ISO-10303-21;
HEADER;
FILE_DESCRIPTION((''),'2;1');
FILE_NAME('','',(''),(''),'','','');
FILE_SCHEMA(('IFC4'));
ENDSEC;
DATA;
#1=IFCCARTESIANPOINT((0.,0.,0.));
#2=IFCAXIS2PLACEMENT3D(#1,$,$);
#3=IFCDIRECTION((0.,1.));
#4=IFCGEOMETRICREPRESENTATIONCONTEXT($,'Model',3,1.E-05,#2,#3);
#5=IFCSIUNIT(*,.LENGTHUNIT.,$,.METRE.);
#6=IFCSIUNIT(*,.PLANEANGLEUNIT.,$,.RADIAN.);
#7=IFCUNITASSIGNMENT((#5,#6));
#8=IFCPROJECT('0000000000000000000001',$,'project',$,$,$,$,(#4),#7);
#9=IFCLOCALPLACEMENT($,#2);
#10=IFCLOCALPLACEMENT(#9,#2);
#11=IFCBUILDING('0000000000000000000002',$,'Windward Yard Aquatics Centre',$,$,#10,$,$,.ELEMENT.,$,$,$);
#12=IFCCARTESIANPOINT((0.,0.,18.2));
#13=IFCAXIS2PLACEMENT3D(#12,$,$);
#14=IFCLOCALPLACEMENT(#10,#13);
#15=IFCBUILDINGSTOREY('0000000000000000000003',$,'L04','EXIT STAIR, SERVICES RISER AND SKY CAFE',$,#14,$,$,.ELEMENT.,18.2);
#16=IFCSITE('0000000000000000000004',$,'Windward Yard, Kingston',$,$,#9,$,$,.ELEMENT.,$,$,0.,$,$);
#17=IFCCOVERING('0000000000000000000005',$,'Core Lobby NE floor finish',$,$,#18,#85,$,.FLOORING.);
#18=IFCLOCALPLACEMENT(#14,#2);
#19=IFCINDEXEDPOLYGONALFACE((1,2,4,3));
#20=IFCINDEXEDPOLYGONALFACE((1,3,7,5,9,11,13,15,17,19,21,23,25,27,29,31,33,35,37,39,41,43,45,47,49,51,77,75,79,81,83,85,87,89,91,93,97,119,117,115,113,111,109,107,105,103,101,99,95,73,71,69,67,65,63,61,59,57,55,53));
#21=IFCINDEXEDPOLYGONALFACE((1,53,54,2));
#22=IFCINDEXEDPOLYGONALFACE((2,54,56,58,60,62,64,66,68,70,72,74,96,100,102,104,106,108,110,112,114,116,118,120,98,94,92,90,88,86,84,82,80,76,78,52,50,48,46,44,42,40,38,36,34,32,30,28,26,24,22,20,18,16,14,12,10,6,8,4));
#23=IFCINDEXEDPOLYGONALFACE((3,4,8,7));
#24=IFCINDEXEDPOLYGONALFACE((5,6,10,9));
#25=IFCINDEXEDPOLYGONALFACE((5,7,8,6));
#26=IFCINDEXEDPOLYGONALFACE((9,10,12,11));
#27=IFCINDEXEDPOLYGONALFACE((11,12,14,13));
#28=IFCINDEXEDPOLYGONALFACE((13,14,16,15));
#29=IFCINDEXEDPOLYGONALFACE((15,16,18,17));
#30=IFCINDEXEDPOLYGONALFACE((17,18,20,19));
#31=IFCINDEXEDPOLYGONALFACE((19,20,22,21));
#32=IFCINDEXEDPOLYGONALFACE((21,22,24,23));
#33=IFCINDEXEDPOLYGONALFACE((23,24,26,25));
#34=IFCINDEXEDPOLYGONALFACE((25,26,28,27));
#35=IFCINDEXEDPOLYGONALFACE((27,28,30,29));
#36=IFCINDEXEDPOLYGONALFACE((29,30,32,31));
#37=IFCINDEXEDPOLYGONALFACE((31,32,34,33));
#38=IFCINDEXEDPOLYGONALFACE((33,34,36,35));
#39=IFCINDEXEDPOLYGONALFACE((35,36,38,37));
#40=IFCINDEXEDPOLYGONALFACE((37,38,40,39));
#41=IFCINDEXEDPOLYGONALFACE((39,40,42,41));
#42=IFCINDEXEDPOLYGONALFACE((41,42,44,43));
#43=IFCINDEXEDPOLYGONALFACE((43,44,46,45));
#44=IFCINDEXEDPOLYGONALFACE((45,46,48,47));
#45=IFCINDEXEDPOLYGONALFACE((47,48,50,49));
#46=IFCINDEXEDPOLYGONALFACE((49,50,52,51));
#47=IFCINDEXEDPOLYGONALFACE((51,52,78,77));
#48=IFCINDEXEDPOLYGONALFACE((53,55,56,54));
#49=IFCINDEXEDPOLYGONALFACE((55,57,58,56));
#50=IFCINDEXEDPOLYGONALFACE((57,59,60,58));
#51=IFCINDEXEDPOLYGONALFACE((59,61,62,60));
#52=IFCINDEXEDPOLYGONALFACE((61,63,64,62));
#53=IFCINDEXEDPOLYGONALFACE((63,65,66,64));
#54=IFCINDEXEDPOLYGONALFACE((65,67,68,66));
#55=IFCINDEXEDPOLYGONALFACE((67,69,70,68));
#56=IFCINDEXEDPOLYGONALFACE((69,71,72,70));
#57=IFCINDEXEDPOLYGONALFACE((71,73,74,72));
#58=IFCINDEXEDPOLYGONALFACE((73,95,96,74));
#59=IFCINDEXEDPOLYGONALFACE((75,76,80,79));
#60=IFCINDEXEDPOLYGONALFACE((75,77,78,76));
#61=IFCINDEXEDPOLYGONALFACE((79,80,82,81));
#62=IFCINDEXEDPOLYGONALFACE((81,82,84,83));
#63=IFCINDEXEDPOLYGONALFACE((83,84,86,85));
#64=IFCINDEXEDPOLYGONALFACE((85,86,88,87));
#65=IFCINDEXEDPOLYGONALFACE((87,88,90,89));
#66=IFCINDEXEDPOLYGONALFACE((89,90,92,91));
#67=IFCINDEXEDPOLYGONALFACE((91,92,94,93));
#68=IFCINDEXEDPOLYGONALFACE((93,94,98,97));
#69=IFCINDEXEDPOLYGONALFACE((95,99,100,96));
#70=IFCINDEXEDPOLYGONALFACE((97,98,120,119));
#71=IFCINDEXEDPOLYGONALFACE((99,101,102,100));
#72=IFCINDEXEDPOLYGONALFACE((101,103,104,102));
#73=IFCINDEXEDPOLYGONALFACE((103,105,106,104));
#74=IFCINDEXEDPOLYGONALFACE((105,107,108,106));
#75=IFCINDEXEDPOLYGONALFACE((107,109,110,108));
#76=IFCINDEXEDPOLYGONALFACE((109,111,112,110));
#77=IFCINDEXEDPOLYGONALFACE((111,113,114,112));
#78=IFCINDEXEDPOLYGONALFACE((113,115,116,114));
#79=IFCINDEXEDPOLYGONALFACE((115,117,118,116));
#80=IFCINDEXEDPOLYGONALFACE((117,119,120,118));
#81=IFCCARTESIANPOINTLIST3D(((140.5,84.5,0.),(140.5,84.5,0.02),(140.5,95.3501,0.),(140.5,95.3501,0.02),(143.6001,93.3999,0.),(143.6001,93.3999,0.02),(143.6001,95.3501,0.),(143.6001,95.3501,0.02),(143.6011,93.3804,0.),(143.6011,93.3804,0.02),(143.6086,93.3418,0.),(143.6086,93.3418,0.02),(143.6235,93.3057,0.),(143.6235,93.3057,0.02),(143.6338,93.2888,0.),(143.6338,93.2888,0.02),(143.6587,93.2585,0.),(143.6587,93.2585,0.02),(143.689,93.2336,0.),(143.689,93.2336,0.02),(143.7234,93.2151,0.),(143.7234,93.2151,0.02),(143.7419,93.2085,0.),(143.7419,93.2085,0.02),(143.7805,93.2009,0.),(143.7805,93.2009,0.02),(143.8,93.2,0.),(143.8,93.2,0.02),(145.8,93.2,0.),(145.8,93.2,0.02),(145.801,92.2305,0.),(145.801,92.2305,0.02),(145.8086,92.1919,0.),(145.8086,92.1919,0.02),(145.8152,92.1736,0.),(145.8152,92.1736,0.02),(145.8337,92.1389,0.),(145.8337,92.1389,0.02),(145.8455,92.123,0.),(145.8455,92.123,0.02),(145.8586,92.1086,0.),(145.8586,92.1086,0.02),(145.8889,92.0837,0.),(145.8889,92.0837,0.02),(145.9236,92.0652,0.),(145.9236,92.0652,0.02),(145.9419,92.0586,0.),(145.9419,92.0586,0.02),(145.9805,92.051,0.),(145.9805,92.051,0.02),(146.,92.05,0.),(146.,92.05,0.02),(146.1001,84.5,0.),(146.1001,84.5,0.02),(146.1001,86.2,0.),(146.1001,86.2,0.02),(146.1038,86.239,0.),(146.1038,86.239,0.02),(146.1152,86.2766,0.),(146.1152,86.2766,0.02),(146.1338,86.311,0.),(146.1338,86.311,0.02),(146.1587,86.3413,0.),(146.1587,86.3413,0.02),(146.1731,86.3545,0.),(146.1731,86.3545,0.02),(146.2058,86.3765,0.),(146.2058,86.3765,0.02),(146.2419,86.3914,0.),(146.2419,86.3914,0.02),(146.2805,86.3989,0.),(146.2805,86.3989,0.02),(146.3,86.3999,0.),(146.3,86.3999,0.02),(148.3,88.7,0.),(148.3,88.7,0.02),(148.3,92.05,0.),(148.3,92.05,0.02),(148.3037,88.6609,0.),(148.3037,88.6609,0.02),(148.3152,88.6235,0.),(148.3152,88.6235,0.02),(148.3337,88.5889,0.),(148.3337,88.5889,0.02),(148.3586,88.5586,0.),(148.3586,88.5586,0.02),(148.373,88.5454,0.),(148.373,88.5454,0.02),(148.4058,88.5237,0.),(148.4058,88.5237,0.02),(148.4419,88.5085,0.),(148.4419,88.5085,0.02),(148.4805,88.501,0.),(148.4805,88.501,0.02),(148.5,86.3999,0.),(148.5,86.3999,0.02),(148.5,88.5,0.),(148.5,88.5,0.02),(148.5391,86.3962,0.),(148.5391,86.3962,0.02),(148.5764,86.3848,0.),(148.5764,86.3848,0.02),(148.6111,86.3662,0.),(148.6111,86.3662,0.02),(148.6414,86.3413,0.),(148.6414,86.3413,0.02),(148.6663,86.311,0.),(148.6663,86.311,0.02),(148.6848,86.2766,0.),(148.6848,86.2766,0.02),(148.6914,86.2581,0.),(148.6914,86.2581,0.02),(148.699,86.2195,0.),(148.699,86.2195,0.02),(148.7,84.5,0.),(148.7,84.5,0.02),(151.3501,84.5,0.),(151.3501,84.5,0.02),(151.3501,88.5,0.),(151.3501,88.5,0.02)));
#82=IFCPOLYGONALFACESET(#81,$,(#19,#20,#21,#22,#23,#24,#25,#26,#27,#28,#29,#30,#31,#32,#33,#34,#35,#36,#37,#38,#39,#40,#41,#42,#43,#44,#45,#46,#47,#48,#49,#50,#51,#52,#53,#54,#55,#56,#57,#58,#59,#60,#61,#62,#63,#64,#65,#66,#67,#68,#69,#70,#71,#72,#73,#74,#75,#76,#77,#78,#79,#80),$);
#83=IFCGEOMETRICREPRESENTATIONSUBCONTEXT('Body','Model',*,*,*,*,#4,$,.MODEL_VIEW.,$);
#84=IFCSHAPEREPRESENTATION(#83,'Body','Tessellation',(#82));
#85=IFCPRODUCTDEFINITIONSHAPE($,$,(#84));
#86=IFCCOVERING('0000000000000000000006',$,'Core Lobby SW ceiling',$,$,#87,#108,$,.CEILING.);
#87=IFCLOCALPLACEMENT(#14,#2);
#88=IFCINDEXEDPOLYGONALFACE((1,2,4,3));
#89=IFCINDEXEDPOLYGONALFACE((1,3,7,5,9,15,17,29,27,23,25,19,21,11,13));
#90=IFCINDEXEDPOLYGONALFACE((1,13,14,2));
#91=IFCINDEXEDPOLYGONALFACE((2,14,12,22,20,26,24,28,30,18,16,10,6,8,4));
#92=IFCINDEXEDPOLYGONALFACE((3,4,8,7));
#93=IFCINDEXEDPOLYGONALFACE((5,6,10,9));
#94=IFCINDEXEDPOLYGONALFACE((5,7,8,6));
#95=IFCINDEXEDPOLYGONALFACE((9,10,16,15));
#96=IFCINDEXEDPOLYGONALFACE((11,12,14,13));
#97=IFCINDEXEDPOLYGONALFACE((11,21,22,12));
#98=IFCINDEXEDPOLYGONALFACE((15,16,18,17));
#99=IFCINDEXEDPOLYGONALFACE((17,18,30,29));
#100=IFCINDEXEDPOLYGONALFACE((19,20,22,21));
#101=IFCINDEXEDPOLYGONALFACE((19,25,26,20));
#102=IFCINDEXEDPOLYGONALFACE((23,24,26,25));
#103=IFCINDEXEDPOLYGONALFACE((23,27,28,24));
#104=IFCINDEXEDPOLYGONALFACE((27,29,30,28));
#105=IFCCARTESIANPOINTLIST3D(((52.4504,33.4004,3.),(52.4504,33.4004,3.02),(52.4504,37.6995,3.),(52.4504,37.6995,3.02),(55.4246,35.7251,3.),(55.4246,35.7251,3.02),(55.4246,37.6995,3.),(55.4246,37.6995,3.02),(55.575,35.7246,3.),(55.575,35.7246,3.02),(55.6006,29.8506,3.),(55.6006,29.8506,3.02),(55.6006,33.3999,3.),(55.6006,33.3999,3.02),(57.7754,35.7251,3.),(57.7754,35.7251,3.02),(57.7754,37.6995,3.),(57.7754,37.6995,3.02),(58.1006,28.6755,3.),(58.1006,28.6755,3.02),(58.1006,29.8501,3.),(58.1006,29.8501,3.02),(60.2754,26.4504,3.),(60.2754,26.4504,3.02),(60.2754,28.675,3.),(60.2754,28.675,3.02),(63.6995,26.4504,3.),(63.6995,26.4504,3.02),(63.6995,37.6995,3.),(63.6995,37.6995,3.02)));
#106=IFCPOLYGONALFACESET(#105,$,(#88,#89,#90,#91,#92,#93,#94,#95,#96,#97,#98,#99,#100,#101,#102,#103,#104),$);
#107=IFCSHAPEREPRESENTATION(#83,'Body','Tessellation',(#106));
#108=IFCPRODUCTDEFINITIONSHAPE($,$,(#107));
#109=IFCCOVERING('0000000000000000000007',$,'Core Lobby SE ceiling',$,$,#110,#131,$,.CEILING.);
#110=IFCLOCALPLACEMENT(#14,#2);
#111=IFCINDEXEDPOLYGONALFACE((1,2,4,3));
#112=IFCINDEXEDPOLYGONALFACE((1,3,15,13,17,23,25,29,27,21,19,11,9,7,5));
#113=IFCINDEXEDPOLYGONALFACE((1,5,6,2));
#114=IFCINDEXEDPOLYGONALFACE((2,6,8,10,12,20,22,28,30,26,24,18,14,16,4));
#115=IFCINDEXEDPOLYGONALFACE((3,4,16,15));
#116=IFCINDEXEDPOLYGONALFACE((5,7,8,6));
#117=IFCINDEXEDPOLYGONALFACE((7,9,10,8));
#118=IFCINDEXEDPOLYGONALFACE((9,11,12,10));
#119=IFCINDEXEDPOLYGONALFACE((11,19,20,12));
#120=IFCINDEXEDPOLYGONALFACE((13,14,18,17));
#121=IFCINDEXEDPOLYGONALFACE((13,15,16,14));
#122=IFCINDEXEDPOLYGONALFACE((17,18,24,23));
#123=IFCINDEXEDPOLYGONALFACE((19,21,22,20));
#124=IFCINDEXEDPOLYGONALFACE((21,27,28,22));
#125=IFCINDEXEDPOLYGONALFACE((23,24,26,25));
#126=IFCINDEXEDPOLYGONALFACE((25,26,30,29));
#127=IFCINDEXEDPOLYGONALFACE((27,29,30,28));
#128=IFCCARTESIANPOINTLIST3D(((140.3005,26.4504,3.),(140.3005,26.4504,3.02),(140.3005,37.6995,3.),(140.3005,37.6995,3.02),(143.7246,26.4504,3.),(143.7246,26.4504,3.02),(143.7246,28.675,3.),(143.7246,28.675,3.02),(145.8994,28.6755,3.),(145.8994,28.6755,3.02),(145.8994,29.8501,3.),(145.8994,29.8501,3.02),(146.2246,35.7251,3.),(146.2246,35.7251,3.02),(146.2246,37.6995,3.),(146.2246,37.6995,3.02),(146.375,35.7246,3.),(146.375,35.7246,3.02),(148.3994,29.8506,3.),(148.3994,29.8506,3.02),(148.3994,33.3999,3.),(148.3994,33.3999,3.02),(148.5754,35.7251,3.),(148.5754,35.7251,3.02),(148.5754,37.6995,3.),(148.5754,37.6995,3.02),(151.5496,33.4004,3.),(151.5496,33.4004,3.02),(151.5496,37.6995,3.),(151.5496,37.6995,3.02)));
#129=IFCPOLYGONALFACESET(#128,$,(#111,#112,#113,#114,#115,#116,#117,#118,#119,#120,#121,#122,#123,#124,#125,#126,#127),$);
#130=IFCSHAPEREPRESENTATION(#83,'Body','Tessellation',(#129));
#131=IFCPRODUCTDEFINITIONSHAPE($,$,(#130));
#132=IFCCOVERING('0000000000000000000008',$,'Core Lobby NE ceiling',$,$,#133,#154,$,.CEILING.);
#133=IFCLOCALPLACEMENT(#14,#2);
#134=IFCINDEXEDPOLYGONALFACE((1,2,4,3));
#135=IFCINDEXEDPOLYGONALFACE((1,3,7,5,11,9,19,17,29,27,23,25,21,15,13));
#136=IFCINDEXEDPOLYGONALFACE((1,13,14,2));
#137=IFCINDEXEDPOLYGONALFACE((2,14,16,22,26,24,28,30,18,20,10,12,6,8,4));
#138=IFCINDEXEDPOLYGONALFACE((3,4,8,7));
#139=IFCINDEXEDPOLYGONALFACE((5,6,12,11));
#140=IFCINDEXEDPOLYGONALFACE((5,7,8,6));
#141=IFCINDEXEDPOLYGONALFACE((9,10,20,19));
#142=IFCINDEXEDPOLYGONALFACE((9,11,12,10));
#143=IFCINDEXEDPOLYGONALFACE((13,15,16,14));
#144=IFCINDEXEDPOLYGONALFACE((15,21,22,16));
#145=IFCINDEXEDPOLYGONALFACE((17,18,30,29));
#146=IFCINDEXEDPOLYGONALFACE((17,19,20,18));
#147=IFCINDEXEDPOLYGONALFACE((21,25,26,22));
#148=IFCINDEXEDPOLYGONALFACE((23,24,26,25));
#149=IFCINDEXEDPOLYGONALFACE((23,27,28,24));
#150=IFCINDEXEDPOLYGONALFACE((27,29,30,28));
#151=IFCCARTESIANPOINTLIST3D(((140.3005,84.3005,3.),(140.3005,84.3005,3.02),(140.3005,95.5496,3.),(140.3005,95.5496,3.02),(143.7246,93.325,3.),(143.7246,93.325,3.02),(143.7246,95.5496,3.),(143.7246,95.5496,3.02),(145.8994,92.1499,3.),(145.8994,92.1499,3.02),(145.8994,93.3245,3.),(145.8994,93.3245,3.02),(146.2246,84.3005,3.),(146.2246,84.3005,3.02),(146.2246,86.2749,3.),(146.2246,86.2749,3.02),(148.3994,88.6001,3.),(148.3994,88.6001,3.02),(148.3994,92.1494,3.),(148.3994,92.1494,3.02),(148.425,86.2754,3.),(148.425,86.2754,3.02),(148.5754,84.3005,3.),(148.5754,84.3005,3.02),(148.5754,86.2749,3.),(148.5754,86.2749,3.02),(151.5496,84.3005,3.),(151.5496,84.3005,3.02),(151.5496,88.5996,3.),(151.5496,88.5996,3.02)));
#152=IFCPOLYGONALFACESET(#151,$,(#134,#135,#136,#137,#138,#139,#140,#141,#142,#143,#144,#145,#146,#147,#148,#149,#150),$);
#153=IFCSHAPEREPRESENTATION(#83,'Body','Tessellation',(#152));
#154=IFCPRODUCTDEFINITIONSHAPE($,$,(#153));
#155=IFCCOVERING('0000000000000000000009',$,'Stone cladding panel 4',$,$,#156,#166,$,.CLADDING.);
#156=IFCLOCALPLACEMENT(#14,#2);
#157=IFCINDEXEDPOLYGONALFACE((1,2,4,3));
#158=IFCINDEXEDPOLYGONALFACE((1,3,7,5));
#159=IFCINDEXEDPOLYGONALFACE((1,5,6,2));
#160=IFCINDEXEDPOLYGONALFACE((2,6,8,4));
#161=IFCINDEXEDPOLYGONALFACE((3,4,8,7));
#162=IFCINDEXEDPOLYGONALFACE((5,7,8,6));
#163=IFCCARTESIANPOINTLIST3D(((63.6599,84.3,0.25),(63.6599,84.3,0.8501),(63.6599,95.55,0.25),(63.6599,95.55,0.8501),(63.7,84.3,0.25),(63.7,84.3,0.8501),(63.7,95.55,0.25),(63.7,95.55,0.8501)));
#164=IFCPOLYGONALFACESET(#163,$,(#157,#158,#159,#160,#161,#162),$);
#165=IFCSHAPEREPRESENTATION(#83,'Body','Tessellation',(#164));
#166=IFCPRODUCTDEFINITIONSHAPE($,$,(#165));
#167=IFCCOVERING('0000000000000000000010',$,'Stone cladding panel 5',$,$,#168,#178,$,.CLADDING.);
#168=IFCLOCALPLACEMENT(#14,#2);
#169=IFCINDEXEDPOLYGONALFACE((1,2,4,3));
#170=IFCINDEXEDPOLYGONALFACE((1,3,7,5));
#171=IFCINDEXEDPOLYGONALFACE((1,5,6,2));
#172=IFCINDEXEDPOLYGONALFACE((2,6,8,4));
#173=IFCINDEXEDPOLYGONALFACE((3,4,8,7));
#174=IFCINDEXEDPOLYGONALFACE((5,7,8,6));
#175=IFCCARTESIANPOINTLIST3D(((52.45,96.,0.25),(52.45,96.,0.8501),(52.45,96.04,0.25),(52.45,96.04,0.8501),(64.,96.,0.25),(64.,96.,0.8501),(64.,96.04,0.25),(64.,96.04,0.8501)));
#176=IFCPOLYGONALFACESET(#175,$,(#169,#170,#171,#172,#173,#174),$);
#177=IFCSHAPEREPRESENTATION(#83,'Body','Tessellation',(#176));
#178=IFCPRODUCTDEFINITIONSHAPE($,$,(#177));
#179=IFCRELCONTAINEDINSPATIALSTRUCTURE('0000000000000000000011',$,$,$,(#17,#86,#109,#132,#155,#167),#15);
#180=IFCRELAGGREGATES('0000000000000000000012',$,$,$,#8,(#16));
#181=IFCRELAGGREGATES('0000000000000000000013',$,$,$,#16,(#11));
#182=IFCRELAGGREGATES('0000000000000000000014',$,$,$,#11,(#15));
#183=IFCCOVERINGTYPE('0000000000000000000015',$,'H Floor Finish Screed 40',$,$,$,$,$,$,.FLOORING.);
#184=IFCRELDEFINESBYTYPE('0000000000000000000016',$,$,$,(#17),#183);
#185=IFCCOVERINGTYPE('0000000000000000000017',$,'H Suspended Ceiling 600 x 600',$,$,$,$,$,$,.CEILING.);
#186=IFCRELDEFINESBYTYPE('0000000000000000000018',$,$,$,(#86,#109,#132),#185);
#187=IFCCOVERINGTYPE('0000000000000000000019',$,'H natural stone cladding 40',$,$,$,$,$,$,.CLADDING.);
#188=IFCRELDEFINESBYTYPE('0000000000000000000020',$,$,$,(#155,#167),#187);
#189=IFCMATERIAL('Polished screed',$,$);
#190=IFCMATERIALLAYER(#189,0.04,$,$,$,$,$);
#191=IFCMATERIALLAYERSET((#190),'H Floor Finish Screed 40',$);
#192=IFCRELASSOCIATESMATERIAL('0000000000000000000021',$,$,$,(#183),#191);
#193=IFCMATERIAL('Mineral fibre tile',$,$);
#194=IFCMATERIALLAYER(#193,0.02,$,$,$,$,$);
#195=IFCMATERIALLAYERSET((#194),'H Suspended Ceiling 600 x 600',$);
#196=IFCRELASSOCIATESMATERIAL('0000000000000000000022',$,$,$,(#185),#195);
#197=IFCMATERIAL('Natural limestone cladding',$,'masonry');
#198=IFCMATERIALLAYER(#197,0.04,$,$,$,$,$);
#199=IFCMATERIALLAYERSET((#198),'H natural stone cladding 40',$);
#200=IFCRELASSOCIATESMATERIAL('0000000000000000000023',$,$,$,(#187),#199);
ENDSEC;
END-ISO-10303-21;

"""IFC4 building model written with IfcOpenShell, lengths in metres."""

from ifc_helpers import new_model, si_unit, direction, frame, origin, place, context, subcontext, project, spatial, polyline, outline, extrude, material, layer, layer_set, type_object, element, save


model = new_model("IFC4")

# Units and contexts
model_context = context("Model", 3, precision=1e-05, world=origin(), true_north=direction((0.0, 1.0)))
body_context = subcontext(model_context, "Body", "Model", "MODEL_VIEW")
ifc_project = project(units=[si_unit("LENGTHUNIT", "METRE"), si_unit("PLANEANGLEUNIT", "RADIAN")], contexts=[model_context])

# Site, building, storey
site_placement = place(None, origin())
site = spatial("IfcSite", under=ifc_project, at=site_placement, Name="Windward Yard, Kingston", CompositionType="ELEMENT", RefElevation=0.0)
building_placement = place(site_placement, origin())
building = spatial("IfcBuilding", under=site, at=building_placement, Name="Windward Yard Aquatics Centre", CompositionType="ELEMENT")
storey_placement = place(building_placement, frame((0.0, 0.0, 18.2)))
storey = spatial("IfcBuildingStorey", under=building, at=storey_placement, Name="L04", Description="EXIT STAIR, SERVICES RISER AND SKY CAFE", CompositionType="ELEMENT", Elevation=18.2)

# Coverings
ifc_material_1 = material(Name="Polished screed")
ifc_layer_1 = layer(ifc_material_1, 0.04)
ifc_layer_set_1 = layer_set([ifc_layer_1], Name="H Floor Finish Screed 40")
covering_type_1 = type_object("IfcCoveringType", Name="H Floor Finish Screed 40", PredefinedType="FLOORING", material=ifc_layer_set_1)
covering_1_placement = place(storey_placement, origin())
element("IfcCovering", 1, at=covering_1_placement, inside=storey, type_object=covering_type_1, Name="Core Lobby NE floor finish", PredefinedType="FLOORING", context=body_context, shape_type="SweptSolid", body=[
    extrude(outline(polyline([(140.5, 84.5), (140.5, 95.3501), (143.6001, 95.3501), (143.6001, 93.3999), (143.6011, 93.3804), (143.6086, 93.3418), (143.6235, 93.3057), (143.6338, 93.2888), (143.6587, 93.2585), (143.689, 93.2336), (143.7234, 93.2151), (143.7419, 93.2085), (143.7805, 93.2009), (143.8, 93.2), (145.8, 93.2), (145.801, 92.2305), (145.8086, 92.1919), (145.8152, 92.1736), (145.8337, 92.1389), (145.8455, 92.123), (145.8586, 92.1086), (145.8889, 92.0837), (145.9236, 92.0652), (145.9419, 92.0586), (145.9805, 92.051), (146.0, 92.05), (148.3, 92.05), (148.3, 88.7), (148.3037, 88.6609), (148.3152, 88.6235), (148.3337, 88.5889), (148.3586, 88.5586), (148.373, 88.5454), (148.4058, 88.5237), (148.4419, 88.5085), (148.4805, 88.501), (148.5, 88.5), (151.3501, 88.5), (151.3501, 84.5), (148.7, 84.5), (148.699, 86.2195), (148.6914, 86.2581), (148.6848, 86.2766), (148.6663, 86.311), (148.6414, 86.3413), (148.6111, 86.3662), (148.5764, 86.3848), (148.5391, 86.3962), (148.5, 86.3999), (146.3, 86.3999), (146.2805, 86.3989), (146.2419, 86.3914), (146.2058, 86.3765), (146.1731, 86.3545), (146.1587, 86.3413), (146.1338, 86.311), (146.1152, 86.2766), (146.1038, 86.239), (146.1001, 86.2), (146.1001, 84.5), (140.5, 84.5)])), origin(), (0.0, 0.0, 1.0), 0.02),
])
ifc_material_2 = material(Name="Mineral fibre tile")
ifc_layer_2 = layer(ifc_material_2, 0.02)
ifc_layer_set_2 = layer_set([ifc_layer_2], Name="H Suspended Ceiling 600 x 600")
covering_type_2 = type_object("IfcCoveringType", Name="H Suspended Ceiling 600 x 600", PredefinedType="CEILING", material=ifc_layer_set_2)
covering_2_placement = place(storey_placement, frame((0.0, 0.0, 3.0)))
element("IfcCovering", 2, at=covering_2_placement, inside=storey, type_object=covering_type_2, Name="Core Lobby SW ceiling", PredefinedType="CEILING", context=body_context, shape_type="SweptSolid", body=[
    extrude(outline(polyline([(52.4504, 33.4004), (52.4504, 37.6995), (55.4246, 37.6995), (55.4246, 35.7251), (55.575, 35.7246), (57.7754, 35.7251), (57.7754, 37.6995), (63.6995, 37.6995), (63.6995, 26.4504), (60.2754, 26.4504), (60.2754, 28.675), (58.1006, 28.6755), (58.1006, 29.8501), (55.6006, 29.8506), (55.6006, 33.3999), (52.4504, 33.4004)])), origin(), (0.0, 0.0, 1.0), 0.02),
])
covering_3_placement = place(storey_placement, frame((0.0, 0.0, 3.0)))
element("IfcCovering", 3, at=covering_3_placement, inside=storey, type_object=covering_type_2, Name="Core Lobby SE ceiling", PredefinedType="CEILING", context=body_context, shape_type="SweptSolid", body=[
    extrude(outline(polyline([(140.3005, 26.4504), (140.3005, 37.6995), (146.2246, 37.6995), (146.2246, 35.7251), (146.375, 35.7246), (148.5754, 35.7251), (148.5754, 37.6995), (151.5496, 37.6995), (151.5496, 33.4004), (148.3994, 33.3999), (148.3994, 29.8506), (145.8994, 29.8501), (145.8994, 28.6755), (143.7246, 28.675), (143.7246, 26.4504), (140.3005, 26.4504)])), origin(), (0.0, 0.0, 1.0), 0.02),
])
covering_4_placement = place(storey_placement, frame((0.0, 0.0, 3.0)))
element("IfcCovering", 4, at=covering_4_placement, inside=storey, type_object=covering_type_2, Name="Core Lobby NE ceiling", PredefinedType="CEILING", context=body_context, shape_type="SweptSolid", body=[
    extrude(outline(polyline([(140.3005, 84.3005), (140.3005, 95.5496), (143.7246, 95.5496), (143.7246, 93.325), (145.8994, 93.3245), (145.8994, 92.1499), (148.3994, 92.1494), (148.3994, 88.6001), (151.5496, 88.5996), (151.5496, 84.3005), (148.5754, 84.3005), (148.5754, 86.2749), (148.425, 86.2754), (146.2246, 86.2749), (146.2246, 84.3005), (140.3005, 84.3005)])), origin(), (0.0, 0.0, 1.0), 0.02),
])
ifc_material_3 = material(Name="Natural limestone cladding", Category="masonry")
ifc_layer_3 = layer(ifc_material_3, 0.04)
ifc_layer_set_3 = layer_set([ifc_layer_3], Name="H natural stone cladding 40")
covering_type_3 = type_object("IfcCoveringType", Name="H natural stone cladding 40", PredefinedType="CLADDING", material=ifc_layer_set_3)
covering_5_placement = place(storey_placement, frame((0.0, 0.0, 0.25)))
element("IfcCovering", 5, at=covering_5_placement, inside=storey, type_object=covering_type_3, Name="Stone cladding panel 4", PredefinedType="CLADDING", context=body_context, shape_type="SweptSolid", body=[
    extrude(outline(polyline([(63.6599, 84.3), (63.6599, 95.55), (63.7, 95.55), (63.7, 84.3), (63.6599, 84.3)])), origin(), (0.0, 0.0, 1.0), 0.6001),
])
covering_6_placement = place(storey_placement, frame((0.0, 0.0, 0.25)))
element("IfcCovering", 6, at=covering_6_placement, inside=storey, type_object=covering_type_3, Name="Stone cladding panel 5", PredefinedType="CLADDING", context=body_context, shape_type="SweptSolid", body=[
    extrude(outline(polyline([(52.45, 96.0), (64.0, 96.0), (64.0, 96.04), (52.45, 96.04), (52.45, 96.0)])), origin(), (0.0, 0.0, 1.0), 0.6001),
])

save(model, "model.ifc")
